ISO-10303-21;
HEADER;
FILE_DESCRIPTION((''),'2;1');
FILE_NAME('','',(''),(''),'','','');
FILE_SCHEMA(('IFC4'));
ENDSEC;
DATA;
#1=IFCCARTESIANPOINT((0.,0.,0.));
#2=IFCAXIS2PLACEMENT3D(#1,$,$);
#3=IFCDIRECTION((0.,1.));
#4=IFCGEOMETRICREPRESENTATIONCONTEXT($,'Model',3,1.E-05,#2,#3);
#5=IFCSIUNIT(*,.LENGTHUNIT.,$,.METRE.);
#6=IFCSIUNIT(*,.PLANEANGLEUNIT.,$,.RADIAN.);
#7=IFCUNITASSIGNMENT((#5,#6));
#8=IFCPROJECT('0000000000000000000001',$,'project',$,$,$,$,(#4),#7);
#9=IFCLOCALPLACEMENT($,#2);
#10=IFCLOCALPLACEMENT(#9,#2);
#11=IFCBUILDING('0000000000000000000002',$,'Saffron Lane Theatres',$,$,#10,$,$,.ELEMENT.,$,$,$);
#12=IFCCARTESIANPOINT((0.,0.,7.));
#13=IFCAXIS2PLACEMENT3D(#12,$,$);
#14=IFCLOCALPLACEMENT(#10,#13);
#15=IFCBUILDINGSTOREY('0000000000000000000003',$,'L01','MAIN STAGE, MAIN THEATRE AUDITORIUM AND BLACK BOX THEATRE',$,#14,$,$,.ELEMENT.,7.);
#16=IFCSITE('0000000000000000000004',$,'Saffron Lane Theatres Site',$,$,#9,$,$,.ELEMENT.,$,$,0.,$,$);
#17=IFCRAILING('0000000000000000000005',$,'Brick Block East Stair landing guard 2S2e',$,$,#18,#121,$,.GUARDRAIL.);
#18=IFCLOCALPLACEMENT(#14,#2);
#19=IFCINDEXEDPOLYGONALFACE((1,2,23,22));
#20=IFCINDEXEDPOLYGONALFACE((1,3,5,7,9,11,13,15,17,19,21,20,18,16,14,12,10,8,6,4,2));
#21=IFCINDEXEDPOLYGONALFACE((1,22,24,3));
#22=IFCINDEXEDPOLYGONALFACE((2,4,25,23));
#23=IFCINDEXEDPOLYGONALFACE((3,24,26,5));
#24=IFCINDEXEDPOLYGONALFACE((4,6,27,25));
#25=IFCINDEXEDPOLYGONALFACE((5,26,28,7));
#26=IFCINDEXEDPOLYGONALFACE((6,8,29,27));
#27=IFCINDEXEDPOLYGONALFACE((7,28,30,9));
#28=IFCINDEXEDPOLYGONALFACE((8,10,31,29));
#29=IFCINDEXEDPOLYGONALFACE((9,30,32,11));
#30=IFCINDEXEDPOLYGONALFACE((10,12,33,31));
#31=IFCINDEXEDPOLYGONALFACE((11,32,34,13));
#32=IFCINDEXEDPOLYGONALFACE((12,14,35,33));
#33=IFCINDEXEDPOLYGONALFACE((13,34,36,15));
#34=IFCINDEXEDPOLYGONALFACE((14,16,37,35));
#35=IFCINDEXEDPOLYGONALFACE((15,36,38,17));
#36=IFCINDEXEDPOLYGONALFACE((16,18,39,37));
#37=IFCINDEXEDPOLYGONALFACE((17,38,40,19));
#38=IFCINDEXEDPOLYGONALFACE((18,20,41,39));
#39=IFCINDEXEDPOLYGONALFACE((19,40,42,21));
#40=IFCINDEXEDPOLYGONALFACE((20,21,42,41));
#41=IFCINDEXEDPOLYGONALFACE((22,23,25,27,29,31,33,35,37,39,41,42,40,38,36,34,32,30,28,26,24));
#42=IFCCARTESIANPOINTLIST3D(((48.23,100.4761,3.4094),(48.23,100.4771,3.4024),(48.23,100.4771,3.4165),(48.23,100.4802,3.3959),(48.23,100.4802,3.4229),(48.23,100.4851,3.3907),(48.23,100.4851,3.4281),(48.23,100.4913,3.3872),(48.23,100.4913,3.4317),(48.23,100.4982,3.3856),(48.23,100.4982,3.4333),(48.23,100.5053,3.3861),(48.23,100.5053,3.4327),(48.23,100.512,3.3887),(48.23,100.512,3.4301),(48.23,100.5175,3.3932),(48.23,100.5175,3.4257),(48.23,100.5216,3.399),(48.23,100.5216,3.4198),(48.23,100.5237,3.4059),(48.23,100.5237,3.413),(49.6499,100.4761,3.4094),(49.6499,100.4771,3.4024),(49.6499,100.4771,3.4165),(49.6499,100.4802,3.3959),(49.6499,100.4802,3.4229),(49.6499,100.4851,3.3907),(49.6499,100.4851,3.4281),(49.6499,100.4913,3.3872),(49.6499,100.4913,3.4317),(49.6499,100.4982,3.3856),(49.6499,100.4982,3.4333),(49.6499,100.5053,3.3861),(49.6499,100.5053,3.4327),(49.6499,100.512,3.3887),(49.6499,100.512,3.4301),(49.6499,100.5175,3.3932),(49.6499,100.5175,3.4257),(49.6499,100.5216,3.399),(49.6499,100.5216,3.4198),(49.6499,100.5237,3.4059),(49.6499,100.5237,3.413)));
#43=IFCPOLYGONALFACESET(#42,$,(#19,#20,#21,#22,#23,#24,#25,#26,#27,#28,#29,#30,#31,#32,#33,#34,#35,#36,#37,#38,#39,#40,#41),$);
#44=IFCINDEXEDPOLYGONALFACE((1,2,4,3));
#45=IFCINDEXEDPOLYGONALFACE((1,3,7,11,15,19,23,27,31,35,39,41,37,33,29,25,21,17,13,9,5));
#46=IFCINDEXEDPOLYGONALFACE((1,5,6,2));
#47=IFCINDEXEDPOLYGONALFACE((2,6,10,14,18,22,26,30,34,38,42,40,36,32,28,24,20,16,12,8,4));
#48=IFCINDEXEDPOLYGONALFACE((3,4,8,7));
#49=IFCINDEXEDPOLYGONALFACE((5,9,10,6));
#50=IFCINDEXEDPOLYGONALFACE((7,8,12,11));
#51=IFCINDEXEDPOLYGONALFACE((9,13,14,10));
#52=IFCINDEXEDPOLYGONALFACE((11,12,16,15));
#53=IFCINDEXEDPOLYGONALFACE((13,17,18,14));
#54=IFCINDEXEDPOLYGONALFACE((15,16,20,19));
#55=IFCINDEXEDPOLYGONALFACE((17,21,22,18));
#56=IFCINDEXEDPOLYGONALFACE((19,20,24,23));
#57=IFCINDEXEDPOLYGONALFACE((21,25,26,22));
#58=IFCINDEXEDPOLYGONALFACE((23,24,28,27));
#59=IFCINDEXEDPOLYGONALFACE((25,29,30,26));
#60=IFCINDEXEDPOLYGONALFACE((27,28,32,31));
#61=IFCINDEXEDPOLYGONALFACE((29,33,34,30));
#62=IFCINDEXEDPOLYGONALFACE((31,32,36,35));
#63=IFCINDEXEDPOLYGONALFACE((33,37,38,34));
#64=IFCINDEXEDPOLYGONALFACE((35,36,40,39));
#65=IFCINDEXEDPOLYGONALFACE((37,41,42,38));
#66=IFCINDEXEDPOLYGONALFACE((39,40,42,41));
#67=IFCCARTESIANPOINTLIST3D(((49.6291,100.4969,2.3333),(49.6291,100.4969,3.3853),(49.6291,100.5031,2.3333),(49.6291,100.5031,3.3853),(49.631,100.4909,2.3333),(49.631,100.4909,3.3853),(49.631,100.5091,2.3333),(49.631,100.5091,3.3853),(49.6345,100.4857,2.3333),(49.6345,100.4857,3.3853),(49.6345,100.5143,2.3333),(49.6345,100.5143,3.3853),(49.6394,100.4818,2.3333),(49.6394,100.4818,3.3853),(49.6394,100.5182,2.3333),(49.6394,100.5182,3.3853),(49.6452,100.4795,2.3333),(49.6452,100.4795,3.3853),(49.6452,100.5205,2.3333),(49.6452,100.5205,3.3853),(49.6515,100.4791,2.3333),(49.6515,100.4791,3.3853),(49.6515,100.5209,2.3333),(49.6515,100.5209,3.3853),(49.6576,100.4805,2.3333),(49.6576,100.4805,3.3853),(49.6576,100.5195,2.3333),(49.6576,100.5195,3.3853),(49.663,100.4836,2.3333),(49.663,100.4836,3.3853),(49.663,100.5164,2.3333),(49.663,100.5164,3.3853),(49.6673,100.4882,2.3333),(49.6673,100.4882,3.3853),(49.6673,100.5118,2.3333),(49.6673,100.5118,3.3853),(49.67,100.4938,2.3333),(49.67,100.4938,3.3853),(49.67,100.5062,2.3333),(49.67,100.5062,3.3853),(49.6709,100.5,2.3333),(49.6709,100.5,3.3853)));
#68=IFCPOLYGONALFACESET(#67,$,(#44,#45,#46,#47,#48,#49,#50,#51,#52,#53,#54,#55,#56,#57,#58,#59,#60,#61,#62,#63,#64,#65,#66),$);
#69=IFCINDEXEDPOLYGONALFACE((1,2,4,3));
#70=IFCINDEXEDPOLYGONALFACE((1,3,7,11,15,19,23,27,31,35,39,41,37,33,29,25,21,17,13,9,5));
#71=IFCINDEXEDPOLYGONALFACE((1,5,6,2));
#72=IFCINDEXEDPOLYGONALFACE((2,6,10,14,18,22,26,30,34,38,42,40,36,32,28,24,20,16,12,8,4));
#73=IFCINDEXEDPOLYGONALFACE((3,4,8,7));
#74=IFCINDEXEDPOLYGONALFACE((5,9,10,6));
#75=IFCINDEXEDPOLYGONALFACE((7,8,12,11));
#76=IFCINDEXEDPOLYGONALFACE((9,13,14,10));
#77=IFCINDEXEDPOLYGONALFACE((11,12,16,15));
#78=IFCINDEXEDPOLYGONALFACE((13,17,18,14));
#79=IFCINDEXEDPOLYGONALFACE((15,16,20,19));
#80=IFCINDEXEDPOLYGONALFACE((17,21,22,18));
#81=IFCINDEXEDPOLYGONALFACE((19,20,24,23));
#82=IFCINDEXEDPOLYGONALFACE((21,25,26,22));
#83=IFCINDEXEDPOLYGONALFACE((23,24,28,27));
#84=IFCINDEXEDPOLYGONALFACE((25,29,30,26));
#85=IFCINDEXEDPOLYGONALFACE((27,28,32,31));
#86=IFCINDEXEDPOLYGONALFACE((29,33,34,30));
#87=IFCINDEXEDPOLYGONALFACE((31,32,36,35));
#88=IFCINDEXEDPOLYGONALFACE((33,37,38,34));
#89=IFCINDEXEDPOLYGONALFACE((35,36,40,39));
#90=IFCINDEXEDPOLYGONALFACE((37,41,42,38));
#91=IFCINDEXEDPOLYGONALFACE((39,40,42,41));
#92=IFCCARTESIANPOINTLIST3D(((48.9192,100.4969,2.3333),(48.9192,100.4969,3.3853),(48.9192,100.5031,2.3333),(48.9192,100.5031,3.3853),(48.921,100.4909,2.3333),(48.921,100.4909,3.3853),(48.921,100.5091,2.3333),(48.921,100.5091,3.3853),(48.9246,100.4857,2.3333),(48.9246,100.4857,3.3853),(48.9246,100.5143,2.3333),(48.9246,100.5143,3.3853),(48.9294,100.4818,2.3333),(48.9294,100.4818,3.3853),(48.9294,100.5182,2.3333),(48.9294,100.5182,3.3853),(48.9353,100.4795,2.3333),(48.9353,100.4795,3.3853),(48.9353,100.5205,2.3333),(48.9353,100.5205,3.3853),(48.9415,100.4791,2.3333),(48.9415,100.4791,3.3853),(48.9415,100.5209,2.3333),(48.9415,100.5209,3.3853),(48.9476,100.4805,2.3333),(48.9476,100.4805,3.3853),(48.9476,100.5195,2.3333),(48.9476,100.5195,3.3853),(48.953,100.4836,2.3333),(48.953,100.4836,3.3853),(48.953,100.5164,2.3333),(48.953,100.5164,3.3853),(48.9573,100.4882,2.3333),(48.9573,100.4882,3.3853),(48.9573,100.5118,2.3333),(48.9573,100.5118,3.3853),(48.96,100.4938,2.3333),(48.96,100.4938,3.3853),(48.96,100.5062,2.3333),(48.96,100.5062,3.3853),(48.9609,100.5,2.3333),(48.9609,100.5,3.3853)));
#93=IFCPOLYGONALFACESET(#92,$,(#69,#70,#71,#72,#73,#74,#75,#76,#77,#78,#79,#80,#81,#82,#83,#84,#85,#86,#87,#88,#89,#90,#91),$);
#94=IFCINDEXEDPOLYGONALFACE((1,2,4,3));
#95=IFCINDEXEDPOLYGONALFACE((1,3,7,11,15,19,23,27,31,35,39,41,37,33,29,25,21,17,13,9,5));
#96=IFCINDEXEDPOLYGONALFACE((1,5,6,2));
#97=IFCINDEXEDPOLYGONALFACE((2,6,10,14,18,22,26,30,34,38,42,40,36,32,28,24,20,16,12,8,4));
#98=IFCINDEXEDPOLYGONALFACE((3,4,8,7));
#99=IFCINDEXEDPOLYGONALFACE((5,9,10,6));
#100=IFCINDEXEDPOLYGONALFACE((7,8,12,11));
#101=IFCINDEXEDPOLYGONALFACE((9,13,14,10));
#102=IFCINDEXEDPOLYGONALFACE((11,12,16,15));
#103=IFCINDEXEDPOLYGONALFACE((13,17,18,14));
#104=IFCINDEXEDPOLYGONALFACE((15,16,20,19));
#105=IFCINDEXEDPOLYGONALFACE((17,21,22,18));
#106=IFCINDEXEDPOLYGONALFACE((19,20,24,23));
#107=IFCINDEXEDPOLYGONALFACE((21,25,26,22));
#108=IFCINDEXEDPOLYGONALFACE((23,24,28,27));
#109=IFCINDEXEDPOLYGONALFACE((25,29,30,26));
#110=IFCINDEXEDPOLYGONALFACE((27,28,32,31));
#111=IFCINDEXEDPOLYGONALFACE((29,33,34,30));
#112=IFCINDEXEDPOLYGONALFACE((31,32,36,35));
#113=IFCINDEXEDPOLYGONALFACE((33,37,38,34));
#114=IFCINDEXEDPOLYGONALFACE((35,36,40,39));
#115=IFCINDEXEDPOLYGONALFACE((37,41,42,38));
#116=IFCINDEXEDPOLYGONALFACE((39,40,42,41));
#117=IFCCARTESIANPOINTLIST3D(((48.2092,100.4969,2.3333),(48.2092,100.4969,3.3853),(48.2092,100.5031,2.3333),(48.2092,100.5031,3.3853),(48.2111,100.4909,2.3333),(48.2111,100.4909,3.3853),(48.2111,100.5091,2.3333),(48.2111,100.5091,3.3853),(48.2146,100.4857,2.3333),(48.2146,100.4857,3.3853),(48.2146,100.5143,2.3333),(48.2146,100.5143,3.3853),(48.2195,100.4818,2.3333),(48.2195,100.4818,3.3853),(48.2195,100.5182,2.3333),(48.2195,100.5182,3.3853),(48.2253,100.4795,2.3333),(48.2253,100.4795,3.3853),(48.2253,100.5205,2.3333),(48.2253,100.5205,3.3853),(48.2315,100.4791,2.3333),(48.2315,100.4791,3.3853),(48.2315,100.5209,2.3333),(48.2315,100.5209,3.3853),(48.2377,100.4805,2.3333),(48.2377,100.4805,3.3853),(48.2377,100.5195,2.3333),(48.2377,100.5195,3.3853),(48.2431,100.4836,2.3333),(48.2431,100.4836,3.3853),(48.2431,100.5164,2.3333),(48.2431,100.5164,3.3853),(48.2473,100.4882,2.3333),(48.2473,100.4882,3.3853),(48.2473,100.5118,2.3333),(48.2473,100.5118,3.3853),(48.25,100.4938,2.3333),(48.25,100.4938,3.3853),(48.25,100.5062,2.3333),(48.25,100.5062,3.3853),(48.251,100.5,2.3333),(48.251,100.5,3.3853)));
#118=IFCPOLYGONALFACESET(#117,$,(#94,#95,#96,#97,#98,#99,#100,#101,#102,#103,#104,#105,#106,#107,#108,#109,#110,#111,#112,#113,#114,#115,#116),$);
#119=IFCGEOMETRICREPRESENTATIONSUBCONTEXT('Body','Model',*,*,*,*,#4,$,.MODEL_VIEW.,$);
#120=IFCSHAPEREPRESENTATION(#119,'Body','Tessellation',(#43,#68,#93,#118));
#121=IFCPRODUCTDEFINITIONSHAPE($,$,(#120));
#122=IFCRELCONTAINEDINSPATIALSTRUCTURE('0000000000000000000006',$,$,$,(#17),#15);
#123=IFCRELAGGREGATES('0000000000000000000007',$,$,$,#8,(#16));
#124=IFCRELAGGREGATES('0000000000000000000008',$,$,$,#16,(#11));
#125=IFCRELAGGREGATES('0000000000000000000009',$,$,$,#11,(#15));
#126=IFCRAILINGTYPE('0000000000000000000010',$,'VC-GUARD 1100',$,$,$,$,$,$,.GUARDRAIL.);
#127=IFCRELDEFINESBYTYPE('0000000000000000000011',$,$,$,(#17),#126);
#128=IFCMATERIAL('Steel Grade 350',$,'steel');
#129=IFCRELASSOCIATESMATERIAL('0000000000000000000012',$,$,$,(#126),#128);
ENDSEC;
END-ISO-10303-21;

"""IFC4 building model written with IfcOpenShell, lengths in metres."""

from ifc_helpers import new_model, si_unit, direction, frame, origin, origin_2d, place, context, subcontext, project, spatial, circle, extrude, material, type_object, element, save


model = new_model("IFC4")

# Units and contexts
model_context = context("Model", 3, precision=1e-05, world=origin(), true_north=direction((0.0, 1.0)))
body_context = subcontext(model_context, "Body", "Model", "MODEL_VIEW")
ifc_project = project(units=[si_unit("LENGTHUNIT", "METRE"), si_unit("PLANEANGLEUNIT", "RADIAN")], contexts=[model_context])

# Site, building, storey
site_placement = place(None, origin())
site = spatial("IfcSite", under=ifc_project, at=site_placement, Name="Saffron Lane Theatres Site", CompositionType="ELEMENT", RefElevation=0.0)
building_placement = place(site_placement, origin())
building = spatial("IfcBuilding", under=site, at=building_placement, Name="Saffron Lane Theatres", CompositionType="ELEMENT")
storey_placement = place(building_placement, frame((0.0, 0.0, 7.0)))
storey = spatial("IfcBuildingStorey", under=building, at=storey_placement, Name="L01", Description="MAIN STAGE, MAIN THEATRE AUDITORIUM AND BLACK BOX THEATRE", CompositionType="ELEMENT", Elevation=7.0)

# Railing
ifc_material_1 = material(Name="Steel Grade 350", Category="steel")
railing_type_1 = type_object("IfcRailingType", Name="VC-GUARD 1100", PredefinedType="GUARDRAIL", material=ifc_material_1)
railing_1_placement = place(storey_placement, frame((49.6499, 100.5, 2.3333)))
element("IfcRailing", 1, at=railing_1_placement, inside=storey, type_object=railing_type_1, Name="Brick Block East Stair landing guard 2S2e", PredefinedType="GUARDRAIL", context=body_context, shape_type="SweptSolid", body=[
    extrude(circle(Radius=0.0239, at=origin_2d()), frame((0.0, 0.0, 1.0762), z_axis=(-1.0, 0.0, 0.0), x_axis=(0.0, -1.0, 0.0)), (0.0, 0.0, 1.0), 1.4199),
    extrude(circle(Radius=0.021, at=origin_2d()), origin(), (0.0, 0.0, 1.0), 1.052),
    extrude(circle(Radius=0.021, at=origin_2d()), frame((-0.71, 0.0, 0.0)), (0.0, 0.0, 1.0), 1.052),
    extrude(circle(Radius=0.021, at=origin_2d()), frame((-1.4199, 0.0, 0.0)), (0.0, 0.0, 1.0), 1.052),
])

save(model, "model.ifc")
